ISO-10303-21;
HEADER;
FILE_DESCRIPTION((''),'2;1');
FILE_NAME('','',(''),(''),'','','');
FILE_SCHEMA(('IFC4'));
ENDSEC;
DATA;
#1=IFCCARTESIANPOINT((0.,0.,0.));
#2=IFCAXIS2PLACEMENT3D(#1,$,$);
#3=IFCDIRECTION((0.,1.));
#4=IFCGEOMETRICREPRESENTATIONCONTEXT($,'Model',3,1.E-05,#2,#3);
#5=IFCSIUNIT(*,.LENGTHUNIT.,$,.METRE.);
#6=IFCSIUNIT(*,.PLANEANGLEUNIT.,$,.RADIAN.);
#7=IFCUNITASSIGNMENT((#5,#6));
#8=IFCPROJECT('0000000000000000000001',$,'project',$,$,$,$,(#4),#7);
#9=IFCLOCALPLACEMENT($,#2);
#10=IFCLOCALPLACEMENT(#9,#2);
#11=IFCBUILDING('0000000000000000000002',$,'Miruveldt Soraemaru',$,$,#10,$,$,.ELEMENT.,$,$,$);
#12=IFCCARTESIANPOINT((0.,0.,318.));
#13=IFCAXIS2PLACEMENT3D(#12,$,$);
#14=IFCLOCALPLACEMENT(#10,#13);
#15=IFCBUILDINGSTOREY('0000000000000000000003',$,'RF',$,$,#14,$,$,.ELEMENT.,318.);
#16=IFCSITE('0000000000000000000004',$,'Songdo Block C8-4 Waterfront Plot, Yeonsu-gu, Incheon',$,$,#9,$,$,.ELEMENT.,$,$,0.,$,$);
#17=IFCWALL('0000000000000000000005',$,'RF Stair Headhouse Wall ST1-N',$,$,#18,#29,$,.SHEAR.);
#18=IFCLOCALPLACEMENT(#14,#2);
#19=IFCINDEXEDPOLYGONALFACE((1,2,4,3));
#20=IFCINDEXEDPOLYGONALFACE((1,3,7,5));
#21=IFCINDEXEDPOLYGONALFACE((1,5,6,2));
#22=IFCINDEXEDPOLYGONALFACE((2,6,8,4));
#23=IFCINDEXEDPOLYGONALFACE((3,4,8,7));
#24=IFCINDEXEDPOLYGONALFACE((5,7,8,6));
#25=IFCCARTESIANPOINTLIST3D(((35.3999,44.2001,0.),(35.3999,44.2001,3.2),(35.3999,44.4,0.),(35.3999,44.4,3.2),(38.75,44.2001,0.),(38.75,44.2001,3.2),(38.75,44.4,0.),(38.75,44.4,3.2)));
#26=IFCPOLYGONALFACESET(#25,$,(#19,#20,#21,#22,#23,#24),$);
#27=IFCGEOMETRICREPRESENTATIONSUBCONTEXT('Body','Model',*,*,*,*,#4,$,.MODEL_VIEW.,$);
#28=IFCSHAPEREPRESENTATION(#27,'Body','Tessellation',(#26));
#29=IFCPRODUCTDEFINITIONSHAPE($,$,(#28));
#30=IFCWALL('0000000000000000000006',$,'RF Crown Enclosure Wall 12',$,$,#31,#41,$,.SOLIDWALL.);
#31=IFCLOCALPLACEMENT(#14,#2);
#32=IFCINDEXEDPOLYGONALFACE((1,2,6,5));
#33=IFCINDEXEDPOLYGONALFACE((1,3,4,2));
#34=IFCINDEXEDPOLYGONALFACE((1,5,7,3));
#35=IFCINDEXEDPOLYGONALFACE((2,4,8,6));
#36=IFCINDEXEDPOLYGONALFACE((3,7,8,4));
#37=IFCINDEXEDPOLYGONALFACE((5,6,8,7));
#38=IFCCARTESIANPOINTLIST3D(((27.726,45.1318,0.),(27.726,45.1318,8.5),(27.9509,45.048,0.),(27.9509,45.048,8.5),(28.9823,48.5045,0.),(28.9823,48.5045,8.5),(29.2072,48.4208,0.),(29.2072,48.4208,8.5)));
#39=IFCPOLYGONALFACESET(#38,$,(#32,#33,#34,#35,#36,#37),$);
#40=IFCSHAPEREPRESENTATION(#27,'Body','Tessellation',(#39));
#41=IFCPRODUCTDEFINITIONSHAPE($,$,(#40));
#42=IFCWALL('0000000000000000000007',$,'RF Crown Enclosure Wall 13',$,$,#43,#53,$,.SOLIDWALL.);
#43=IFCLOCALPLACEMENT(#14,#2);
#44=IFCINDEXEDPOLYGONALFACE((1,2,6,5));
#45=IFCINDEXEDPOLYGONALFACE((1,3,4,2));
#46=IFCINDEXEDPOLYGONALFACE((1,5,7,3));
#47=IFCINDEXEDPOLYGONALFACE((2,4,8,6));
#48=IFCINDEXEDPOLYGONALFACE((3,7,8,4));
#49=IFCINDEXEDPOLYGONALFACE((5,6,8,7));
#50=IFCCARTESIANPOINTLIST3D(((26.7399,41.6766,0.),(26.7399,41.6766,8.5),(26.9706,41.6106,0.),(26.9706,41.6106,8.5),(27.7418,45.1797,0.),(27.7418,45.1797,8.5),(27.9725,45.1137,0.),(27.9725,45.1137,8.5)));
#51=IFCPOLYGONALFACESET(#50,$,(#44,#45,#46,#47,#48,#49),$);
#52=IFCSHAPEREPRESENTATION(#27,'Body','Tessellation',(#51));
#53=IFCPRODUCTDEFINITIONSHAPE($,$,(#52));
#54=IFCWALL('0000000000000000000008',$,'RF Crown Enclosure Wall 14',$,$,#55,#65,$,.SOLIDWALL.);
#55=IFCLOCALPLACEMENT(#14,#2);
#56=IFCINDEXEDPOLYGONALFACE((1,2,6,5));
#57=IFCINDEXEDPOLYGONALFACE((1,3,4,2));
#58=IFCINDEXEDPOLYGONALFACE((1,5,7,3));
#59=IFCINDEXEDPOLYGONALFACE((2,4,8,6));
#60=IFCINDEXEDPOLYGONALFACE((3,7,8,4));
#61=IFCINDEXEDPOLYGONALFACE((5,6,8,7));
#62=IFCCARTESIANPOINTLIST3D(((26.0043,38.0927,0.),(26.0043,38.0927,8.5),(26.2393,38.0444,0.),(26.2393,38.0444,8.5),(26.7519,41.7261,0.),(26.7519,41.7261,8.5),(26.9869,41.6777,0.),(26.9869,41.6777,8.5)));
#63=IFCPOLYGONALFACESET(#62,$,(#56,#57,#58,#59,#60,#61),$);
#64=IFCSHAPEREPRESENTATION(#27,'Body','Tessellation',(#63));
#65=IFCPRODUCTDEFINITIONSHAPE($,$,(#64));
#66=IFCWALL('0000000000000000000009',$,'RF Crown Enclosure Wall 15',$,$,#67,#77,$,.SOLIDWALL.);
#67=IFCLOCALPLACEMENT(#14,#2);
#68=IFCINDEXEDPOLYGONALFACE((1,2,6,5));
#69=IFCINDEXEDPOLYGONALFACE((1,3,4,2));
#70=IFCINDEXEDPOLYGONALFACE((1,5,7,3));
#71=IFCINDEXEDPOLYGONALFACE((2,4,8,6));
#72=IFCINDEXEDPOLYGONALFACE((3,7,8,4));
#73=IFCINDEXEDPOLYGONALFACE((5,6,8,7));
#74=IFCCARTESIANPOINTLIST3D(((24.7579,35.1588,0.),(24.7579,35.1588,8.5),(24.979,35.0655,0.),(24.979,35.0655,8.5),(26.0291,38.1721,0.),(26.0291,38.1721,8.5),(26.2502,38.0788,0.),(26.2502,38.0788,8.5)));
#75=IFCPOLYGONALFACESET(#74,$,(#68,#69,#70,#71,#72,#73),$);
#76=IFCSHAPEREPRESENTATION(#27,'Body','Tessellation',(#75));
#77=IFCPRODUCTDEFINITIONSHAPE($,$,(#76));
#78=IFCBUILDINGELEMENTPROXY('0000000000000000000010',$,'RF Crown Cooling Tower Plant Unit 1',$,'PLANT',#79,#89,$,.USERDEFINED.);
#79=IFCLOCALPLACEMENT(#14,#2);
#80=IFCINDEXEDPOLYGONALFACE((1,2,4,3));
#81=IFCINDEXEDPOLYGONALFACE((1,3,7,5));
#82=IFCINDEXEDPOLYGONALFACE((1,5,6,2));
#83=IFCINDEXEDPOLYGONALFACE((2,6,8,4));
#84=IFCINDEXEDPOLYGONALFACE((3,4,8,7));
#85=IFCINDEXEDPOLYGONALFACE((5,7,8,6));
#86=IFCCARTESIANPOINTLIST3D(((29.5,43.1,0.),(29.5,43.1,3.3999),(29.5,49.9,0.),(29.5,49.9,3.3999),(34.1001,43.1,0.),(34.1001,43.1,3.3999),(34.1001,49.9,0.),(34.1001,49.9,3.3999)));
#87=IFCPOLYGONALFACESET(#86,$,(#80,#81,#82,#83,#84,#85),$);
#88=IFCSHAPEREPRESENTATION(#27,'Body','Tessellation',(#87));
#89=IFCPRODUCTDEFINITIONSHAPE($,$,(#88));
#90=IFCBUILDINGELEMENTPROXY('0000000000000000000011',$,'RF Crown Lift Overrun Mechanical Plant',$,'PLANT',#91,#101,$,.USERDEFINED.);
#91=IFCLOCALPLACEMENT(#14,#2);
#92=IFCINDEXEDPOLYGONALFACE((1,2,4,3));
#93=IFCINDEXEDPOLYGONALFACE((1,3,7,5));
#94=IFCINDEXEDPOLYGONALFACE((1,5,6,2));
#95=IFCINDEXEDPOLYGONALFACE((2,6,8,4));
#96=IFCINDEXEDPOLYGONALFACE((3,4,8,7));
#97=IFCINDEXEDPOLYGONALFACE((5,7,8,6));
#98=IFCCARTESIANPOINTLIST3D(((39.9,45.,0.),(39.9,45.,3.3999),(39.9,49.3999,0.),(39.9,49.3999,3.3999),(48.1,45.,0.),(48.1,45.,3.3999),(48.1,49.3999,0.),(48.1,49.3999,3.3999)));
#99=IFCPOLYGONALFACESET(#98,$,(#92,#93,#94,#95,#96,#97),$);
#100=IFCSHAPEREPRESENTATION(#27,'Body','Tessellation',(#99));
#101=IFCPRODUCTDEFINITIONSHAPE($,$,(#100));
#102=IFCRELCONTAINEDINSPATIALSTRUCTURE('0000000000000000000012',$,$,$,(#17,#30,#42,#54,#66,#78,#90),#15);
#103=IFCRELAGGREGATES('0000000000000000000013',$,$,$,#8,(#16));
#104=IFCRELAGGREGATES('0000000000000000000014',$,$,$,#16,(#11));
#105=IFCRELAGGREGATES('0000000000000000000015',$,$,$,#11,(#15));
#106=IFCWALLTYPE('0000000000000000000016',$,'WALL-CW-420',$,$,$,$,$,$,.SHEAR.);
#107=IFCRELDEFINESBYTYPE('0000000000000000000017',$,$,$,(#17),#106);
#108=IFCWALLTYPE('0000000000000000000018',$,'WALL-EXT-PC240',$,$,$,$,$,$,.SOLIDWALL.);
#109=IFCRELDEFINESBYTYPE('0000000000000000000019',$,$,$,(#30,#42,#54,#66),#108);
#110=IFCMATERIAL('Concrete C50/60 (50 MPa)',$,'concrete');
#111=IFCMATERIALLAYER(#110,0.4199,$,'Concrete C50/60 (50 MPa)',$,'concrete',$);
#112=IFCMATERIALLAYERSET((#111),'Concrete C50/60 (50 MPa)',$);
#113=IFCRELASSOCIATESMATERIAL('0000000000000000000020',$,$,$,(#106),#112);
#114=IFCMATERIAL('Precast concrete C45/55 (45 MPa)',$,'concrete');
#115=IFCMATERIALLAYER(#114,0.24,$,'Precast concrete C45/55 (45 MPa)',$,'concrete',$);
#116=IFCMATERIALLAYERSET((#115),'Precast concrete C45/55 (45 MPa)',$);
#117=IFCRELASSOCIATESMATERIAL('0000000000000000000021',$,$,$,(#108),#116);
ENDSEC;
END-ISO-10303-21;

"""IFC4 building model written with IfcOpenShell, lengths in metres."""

from ifc_helpers import new_model, si_unit, direction, frame, frame_2d, origin, origin_2d, place, context, subcontext, project, spatial, rectangle, extrude, material, layer, layer_set, type_object, element, save


model = new_model("IFC4")

# Units and contexts
model_context = context("Model", 3, precision=1e-05, world=origin(), true_north=direction((0.0, 1.0)))
body_context = subcontext(model_context, "Body", "Model", "MODEL_VIEW")
ifc_project = project(units=[si_unit("LENGTHUNIT", "METRE"), si_unit("PLANEANGLEUNIT", "RADIAN")], contexts=[model_context])

# Site, building, storey
site_placement = place(None, origin())
site = spatial("IfcSite", under=ifc_project, at=site_placement, Name="Songdo Block C8-4 Waterfront Plot, Yeonsu-gu, Incheon", CompositionType="ELEMENT", RefElevation=0.0)
building_placement = place(site_placement, origin())
building = spatial("IfcBuilding", under=site, at=building_placement, Name="Miruveldt Soraemaru", CompositionType="ELEMENT")
storey_placement = place(building_placement, frame((0.0, 0.0, 318.0)))
storey = spatial("IfcBuildingStorey", under=building, at=storey_placement, Name="RF", CompositionType="ELEMENT", Elevation=318.0)

# Walls
ifc_material_1 = material(Name="Concrete C50/60 (50 MPa)", Category="concrete")
ifc_layer_1 = layer(ifc_material_1, 0.4199, Name="Concrete C50/60 (50 MPa)", Category="concrete")
ifc_layer_set_1 = layer_set([ifc_layer_1], Name="Concrete C50/60 (50 MPa)")
wall_type_1 = type_object("IfcWallType", Name="WALL-CW-420", PredefinedType="SHEAR", material=ifc_layer_set_1)
wall_1_placement = place(storey_placement, frame((35.3999, 44.3, 0.0), z_axis=(0.0, 0.0, 1.0), x_axis=(1.0, 0.0, 0.0)))
element("IfcWall", 1, at=wall_1_placement, inside=storey, type_object=wall_type_1, Name="RF Stair Headhouse Wall ST1-N", PredefinedType="SHEAR", context=body_context, shape_type="SweptSolid", body=[
    extrude(rectangle(XDim=3.3501, YDim=0.2, at=frame_2d((1.675, 0.0))), origin(), (0.0, 0.0, 1.0), 3.2),
])
ifc_material_2 = material(Name="Precast concrete C45/55 (45 MPa)", Category="concrete")
ifc_layer_2 = layer(ifc_material_2, 0.24, Name="Precast concrete C45/55 (45 MPa)", Category="concrete")
ifc_layer_set_2 = layer_set([ifc_layer_2], Name="Precast concrete C45/55 (45 MPa)")
wall_type_2 = type_object("IfcWallType", Name="WALL-EXT-PC240", PredefinedType="SOLIDWALL", material=ifc_layer_set_2)
wall_2_placement = place(storey_placement, frame((29.0947, 48.4626, 0.0), z_axis=(0.0, 0.0, 1.0), x_axis=(-0.349063, -0.937099, 0.0)))
element("IfcWall", 2, at=wall_2_placement, inside=storey, type_object=wall_type_2, Name="RF Crown Enclosure Wall 12", PredefinedType="SOLIDWALL", context=body_context, shape_type="SweptSolid", body=[
    extrude(rectangle(XDim=3.5991, YDim=0.24, at=frame_2d((1.7996, 0.0))), origin(), (0.0, 0.0, 1.0), 8.5),
])
wall_3_placement = place(storey_placement, frame((27.8572, 45.1467, 0.0), z_axis=(0.0, 0.0, 1.0), x_axis=(-0.274987, -0.961448, 0.0)))
element("IfcWall", 3, at=wall_3_placement, inside=storey, type_object=wall_type_2, Name="RF Crown Enclosure Wall 13", PredefinedType="SOLIDWALL", context=body_context, shape_type="SweptSolid", body=[
    extrude(rectangle(XDim=3.6436, YDim=0.24, at=frame_2d((1.8218, 0.0))), origin(), (0.0, 0.0, 1.0), 8.5),
])
wall_4_placement = place(storey_placement, frame((26.8694, 41.7019, 0.0), z_axis=(0.0, 0.0, 1.0), x_axis=(-0.20153, -0.979482, 0.0)))
element("IfcWall", 4, at=wall_4_placement, inside=storey, type_object=wall_type_2, Name="RF Crown Enclosure Wall 14", PredefinedType="SOLIDWALL", context=body_context, shape_type="SweptSolid", body=[
    extrude(rectangle(XDim=3.7095, YDim=0.24, at=frame_2d((1.8547, 0.0))), origin(), (0.0, 0.0, 1.0), 8.5),
])
wall_5_placement = place(storey_placement, frame((26.1396, 38.1255, 0.0), z_axis=(0.0, 0.0, 1.0), x_axis=(-0.388688, -0.92137, 0.0)))
element("IfcWall", 5, at=wall_5_placement, inside=storey, type_object=wall_type_2, Name="RF Crown Enclosure Wall 15", PredefinedType="SOLIDWALL", context=body_context, shape_type="SweptSolid", body=[
    extrude(rectangle(XDim=3.2705, YDim=0.24, at=frame_2d((1.6353, 0.0))), origin(), (0.0, 0.0, 1.0), 8.5),
])

# Building element proxies
proxy_1_placement = place(storey_placement, frame((31.8, 46.5, 0.0), z_axis=(0.0, 0.0, 1.0), x_axis=(1.0, 0.0, 0.0)))
element("IfcBuildingElementProxy", 6, at=proxy_1_placement, inside=storey, Name="RF Crown Cooling Tower Plant Unit 1", ObjectType="PLANT", PredefinedType="USERDEFINED", context=body_context, shape_type="SweptSolid", body=[
    extrude(rectangle(XDim=4.6001, YDim=6.8, at=origin_2d()), origin(), (0.0, 0.0, 1.0), 3.3999),
])
proxy_2_placement = place(storey_placement, frame((44.0, 47.2, 0.0), z_axis=(0.0, 0.0, 1.0), x_axis=(1.0, 0.0, 0.0)))
element("IfcBuildingElementProxy", 7, at=proxy_2_placement, inside=storey, Name="RF Crown Lift Overrun Mechanical Plant", ObjectType="PLANT", PredefinedType="USERDEFINED", context=body_context, shape_type="SweptSolid", body=[
    extrude(rectangle(XDim=8.2, YDim=4.3999, at=origin_2d()), origin(), (0.0, 0.0, 1.0), 3.3999),
])

save(model, "model.ifc")
